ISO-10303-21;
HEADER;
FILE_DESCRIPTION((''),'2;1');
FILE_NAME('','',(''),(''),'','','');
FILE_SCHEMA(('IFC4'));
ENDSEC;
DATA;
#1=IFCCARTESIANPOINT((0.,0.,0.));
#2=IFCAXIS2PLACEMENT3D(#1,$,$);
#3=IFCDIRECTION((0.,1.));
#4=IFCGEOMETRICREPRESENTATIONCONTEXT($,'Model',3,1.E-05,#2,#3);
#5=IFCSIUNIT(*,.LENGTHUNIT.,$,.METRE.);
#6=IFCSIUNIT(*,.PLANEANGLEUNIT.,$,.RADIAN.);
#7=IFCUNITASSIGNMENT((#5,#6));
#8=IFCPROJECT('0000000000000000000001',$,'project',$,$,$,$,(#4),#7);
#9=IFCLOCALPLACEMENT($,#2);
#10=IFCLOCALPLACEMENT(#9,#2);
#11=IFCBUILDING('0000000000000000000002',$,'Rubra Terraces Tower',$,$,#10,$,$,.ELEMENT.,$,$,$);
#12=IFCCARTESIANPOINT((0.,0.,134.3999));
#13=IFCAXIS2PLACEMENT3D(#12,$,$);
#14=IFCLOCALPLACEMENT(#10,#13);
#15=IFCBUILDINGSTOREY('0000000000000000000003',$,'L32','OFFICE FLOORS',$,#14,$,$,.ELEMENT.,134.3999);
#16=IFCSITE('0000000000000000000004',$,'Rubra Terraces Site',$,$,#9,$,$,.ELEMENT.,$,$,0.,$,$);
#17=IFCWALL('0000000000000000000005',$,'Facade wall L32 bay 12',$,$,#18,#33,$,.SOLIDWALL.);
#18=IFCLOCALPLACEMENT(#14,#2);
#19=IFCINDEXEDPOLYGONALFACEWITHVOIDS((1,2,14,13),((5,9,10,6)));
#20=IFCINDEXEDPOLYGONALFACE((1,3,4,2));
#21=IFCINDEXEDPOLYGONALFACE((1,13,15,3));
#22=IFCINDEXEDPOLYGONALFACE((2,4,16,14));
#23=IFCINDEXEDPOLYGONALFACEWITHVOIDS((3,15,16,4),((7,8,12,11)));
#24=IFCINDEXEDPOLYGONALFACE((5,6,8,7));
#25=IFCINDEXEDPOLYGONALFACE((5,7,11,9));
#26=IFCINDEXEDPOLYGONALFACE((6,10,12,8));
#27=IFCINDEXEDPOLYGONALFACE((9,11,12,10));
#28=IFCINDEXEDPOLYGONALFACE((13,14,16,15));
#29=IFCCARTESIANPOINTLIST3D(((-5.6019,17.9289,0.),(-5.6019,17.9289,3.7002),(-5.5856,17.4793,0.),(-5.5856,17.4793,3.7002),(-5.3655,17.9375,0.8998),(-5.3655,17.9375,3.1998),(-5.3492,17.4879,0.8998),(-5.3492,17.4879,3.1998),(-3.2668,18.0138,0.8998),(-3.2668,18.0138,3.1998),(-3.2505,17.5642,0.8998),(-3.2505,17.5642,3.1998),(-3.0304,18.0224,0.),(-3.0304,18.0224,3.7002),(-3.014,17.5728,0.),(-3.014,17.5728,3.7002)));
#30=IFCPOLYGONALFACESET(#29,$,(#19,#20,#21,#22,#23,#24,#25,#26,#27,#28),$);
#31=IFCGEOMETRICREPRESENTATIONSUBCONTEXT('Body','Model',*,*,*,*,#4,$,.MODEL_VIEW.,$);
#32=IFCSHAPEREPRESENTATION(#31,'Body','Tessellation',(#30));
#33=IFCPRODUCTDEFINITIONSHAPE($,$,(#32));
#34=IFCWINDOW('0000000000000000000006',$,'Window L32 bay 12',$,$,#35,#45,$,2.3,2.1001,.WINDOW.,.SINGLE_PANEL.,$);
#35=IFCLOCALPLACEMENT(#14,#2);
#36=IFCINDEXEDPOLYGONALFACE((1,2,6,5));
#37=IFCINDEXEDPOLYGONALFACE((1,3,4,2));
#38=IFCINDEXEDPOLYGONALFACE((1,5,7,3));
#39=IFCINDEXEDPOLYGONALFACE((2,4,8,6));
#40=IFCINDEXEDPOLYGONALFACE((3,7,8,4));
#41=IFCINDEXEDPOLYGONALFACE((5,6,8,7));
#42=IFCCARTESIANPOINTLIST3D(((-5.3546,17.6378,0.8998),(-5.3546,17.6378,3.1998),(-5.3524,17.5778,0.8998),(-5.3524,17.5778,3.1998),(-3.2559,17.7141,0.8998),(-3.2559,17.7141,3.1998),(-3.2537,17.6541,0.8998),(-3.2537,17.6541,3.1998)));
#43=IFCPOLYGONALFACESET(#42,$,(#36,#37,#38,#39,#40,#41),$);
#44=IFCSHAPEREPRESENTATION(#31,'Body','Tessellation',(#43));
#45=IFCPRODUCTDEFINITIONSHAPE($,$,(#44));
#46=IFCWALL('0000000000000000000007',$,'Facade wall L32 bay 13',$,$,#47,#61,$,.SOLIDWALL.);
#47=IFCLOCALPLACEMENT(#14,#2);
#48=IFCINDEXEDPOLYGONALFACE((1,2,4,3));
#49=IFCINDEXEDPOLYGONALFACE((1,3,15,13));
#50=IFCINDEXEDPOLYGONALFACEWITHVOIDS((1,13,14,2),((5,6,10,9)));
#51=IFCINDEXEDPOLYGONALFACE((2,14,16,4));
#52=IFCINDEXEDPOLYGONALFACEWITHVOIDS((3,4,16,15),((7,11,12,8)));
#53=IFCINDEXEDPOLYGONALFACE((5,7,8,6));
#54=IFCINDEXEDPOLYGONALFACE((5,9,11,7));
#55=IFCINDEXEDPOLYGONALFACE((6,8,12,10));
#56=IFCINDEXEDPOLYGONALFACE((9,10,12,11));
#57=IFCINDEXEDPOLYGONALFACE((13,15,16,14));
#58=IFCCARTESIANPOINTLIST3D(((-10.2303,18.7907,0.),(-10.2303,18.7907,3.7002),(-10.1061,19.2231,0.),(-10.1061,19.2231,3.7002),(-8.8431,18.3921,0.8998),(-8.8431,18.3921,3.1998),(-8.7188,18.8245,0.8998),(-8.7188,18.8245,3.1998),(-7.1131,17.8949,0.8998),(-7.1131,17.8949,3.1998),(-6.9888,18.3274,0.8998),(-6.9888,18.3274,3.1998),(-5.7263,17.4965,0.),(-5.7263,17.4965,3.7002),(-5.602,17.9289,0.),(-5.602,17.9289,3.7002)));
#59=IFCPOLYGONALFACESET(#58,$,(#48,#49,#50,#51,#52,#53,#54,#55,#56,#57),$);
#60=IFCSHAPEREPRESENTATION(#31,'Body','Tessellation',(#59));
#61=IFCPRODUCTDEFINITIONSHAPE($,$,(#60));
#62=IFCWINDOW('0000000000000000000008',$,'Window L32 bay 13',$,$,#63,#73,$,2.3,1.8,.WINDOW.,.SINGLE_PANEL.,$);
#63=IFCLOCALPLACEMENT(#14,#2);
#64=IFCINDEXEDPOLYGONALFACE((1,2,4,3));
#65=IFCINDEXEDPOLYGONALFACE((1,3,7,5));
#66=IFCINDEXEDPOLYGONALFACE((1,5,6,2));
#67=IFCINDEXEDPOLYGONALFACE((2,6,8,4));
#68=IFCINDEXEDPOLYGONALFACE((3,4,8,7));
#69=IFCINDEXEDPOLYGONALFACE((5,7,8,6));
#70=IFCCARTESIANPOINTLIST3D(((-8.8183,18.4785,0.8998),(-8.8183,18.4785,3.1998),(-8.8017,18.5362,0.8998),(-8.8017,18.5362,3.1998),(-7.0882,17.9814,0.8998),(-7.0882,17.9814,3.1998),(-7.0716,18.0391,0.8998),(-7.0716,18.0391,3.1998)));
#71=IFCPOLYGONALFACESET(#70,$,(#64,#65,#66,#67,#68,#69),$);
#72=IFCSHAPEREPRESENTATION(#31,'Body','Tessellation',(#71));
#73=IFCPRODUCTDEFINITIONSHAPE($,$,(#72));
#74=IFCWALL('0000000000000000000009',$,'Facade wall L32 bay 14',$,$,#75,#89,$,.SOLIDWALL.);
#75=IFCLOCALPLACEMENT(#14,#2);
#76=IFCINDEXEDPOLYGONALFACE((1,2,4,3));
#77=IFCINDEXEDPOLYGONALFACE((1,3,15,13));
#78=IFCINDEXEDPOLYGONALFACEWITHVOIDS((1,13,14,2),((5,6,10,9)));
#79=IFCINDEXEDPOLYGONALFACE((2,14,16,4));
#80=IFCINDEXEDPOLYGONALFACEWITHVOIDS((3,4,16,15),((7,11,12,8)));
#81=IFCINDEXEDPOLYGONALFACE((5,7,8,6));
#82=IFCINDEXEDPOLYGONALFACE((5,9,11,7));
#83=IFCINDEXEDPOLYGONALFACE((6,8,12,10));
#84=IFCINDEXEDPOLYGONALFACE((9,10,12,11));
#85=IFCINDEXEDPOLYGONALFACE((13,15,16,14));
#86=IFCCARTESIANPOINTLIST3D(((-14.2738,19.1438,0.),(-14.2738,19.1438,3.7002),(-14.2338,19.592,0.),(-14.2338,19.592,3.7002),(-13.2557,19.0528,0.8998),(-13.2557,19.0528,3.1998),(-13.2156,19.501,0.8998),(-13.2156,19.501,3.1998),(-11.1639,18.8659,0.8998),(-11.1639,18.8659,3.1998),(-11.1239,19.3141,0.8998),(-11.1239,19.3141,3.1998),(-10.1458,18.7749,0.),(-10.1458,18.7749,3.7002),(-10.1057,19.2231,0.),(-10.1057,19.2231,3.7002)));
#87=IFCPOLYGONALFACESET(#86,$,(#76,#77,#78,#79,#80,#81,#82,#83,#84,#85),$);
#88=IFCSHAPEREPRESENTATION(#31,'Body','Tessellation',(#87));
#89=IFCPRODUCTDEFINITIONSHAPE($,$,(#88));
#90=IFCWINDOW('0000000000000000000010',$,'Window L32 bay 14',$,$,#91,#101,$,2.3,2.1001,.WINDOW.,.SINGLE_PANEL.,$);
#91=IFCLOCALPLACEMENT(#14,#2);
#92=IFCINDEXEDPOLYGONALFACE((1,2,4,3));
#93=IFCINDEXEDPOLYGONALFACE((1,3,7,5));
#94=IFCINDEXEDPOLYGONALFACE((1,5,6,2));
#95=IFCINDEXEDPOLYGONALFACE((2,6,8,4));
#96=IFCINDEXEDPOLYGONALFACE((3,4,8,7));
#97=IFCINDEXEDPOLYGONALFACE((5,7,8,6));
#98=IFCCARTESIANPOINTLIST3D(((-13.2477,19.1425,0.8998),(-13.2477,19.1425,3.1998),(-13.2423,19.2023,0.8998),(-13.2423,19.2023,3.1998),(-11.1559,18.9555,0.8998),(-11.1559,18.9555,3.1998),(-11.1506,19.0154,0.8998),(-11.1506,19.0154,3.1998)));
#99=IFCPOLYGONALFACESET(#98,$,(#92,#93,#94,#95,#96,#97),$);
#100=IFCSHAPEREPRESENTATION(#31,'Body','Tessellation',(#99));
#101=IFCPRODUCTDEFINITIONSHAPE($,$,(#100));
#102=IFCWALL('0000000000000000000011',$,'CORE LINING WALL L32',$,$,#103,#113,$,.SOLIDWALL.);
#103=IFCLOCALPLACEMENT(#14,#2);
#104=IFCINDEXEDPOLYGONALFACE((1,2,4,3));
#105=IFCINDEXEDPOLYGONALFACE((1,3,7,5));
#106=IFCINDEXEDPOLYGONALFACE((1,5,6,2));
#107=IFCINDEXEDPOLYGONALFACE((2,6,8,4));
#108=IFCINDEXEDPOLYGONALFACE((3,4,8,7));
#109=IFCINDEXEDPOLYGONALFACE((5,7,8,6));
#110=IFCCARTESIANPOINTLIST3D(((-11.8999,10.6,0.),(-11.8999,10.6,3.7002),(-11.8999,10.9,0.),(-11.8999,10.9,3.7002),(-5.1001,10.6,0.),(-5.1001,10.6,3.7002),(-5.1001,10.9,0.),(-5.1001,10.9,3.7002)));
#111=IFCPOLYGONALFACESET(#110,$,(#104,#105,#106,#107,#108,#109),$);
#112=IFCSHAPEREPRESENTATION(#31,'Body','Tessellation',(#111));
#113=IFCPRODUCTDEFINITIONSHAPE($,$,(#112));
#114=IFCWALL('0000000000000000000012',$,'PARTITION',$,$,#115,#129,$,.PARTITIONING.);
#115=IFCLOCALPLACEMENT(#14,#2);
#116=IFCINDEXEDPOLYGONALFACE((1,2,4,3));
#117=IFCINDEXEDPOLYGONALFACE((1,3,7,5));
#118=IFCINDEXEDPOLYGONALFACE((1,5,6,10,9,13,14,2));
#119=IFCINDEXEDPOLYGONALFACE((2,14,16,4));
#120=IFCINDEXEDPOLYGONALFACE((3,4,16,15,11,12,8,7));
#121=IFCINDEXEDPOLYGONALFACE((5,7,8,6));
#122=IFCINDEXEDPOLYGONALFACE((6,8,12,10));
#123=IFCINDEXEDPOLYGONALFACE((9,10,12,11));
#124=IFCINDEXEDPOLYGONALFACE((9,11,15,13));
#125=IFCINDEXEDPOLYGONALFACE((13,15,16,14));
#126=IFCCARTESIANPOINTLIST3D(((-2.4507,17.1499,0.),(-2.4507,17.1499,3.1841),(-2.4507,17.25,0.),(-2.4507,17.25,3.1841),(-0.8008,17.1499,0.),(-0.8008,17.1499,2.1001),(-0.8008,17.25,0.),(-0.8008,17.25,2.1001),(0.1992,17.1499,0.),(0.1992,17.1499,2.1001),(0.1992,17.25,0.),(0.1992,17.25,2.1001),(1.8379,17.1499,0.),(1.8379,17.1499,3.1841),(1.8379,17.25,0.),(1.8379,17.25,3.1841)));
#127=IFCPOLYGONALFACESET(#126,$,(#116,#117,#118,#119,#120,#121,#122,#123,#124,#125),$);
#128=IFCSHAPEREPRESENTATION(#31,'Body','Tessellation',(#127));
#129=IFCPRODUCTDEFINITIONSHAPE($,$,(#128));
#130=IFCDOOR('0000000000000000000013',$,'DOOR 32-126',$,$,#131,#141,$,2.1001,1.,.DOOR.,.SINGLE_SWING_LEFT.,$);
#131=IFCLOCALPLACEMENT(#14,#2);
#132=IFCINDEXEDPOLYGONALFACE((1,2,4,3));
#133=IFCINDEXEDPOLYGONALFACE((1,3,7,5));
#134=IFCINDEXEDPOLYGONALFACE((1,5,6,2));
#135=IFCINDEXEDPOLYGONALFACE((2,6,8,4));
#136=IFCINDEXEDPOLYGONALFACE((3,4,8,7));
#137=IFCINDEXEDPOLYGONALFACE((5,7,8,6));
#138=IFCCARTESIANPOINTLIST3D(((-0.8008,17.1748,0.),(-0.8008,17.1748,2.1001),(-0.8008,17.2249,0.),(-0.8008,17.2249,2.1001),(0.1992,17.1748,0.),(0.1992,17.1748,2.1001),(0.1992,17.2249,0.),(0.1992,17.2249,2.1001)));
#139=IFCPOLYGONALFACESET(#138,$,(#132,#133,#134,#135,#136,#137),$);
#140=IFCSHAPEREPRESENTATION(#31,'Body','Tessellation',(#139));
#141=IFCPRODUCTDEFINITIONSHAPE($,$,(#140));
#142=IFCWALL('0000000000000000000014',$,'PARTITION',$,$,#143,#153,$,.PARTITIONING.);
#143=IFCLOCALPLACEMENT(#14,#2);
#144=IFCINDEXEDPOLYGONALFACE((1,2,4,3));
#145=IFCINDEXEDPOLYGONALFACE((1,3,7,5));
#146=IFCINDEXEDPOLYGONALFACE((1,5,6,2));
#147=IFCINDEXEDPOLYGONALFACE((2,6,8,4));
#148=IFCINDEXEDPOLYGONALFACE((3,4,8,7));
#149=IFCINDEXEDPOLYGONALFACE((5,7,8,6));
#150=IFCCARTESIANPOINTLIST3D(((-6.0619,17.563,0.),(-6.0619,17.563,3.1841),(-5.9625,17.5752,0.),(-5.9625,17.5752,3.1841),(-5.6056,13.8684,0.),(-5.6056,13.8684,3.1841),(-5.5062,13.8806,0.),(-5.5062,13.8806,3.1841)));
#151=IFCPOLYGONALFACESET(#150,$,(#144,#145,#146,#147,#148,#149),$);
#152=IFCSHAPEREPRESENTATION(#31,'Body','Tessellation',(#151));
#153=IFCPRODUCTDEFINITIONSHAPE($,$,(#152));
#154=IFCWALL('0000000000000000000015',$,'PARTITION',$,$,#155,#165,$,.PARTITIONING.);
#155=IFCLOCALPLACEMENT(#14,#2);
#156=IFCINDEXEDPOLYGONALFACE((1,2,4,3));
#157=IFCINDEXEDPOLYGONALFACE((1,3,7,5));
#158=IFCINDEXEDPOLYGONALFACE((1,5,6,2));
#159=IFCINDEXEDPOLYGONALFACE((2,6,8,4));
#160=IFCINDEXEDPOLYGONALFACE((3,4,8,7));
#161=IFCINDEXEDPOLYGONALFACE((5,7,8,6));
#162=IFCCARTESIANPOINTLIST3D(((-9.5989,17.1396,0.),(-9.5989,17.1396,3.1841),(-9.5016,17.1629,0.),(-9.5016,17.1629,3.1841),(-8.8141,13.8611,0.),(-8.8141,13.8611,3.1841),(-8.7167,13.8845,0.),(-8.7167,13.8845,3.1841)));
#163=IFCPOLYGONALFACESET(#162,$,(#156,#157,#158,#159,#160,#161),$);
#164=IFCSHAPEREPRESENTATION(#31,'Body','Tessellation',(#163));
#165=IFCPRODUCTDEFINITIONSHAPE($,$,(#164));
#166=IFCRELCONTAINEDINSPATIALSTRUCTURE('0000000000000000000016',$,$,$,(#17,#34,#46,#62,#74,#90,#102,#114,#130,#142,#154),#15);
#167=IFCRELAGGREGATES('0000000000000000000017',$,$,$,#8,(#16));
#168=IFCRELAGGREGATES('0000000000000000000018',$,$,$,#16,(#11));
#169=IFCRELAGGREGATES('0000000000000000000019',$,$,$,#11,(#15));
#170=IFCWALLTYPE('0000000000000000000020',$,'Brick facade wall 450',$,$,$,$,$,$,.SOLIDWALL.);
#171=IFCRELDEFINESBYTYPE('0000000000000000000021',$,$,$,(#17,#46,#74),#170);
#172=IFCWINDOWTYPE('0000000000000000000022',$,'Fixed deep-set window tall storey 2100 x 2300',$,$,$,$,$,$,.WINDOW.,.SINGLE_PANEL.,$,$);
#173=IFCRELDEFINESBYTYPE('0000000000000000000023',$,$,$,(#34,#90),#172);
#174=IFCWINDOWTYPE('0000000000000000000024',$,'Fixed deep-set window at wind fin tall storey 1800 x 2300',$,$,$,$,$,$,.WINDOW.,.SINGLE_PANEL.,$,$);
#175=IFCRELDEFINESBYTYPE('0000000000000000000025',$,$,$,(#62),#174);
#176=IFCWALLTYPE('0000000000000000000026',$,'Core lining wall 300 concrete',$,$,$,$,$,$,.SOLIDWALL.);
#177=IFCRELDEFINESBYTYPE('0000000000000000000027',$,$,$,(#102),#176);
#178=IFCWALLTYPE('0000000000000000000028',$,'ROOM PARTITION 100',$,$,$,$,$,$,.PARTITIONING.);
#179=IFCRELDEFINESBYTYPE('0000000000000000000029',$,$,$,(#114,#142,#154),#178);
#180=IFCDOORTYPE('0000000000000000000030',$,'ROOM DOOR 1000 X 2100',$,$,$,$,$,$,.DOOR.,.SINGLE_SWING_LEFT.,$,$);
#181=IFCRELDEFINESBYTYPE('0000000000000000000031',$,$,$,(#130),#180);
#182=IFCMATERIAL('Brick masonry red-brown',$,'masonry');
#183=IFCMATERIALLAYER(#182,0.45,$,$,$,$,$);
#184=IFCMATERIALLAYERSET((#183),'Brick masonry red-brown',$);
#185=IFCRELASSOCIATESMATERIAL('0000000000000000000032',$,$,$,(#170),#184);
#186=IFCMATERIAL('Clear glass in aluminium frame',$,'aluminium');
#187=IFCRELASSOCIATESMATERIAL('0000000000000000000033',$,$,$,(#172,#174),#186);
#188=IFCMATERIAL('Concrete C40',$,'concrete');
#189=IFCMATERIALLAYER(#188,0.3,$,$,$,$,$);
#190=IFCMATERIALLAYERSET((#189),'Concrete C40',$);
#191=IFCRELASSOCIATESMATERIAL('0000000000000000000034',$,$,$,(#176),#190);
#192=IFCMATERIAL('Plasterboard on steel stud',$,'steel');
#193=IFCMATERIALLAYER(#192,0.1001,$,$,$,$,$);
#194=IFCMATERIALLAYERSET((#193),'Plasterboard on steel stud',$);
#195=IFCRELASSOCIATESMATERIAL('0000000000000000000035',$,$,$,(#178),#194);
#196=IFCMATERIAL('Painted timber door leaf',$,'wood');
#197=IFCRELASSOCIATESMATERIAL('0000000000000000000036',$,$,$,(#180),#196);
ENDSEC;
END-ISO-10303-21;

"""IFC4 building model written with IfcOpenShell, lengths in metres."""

from ifc_helpers import new_model, si_unit, direction, frame, frame_2d, origin, place, context, subcontext, project, spatial, rectangle, extrude, material, layer, layer_set, type_object, element, fill, save


model = new_model("IFC4")

# Units and contexts
model_context = context("Model", 3, precision=1e-05, world=origin(), true_north=direction((0.0, 1.0)))
body_context = subcontext(model_context, "Body", "Model", "MODEL_VIEW")
ifc_project = project(units=[si_unit("LENGTHUNIT", "METRE"), si_unit("PLANEANGLEUNIT", "RADIAN")], contexts=[model_context])

# Site, building, storey
site_placement = place(None, origin())
site = spatial("IfcSite", under=ifc_project, at=site_placement, Name="Rubra Terraces Site", CompositionType="ELEMENT", RefElevation=0.0)
building_placement = place(site_placement, origin())
building = spatial("IfcBuilding", under=site, at=building_placement, Name="Rubra Terraces Tower", CompositionType="ELEMENT")
storey_placement = place(building_placement, frame((0.0, 0.0, 134.3999)))
storey = spatial("IfcBuildingStorey", under=building, at=storey_placement, Name="L32", Description="OFFICE FLOORS", CompositionType="ELEMENT", Elevation=134.3999)

# Walls, openings, windows
ifc_material_1 = material(Name="Brick masonry red-brown", Category="masonry")
ifc_layer_1 = layer(ifc_material_1, 0.45)
ifc_layer_set_1 = layer_set([ifc_layer_1], Name="Brick masonry red-brown")
wall_type_1 = type_object("IfcWallType", Name="Brick facade wall 450", PredefinedType="SOLIDWALL", material=ifc_layer_set_1)
wall_1_placement = place(storey_placement, frame((-3.0222, 17.7976, 0.0), z_axis=(0.0, 0.0, 1.0), x_axis=(-0.99934, -0.036338, 0.0)))
wall_1 = element("IfcWall", 1, at=wall_1_placement, inside=storey, type_object=wall_type_1, Name="Facade wall L32 bay 12", PredefinedType="SOLIDWALL", context=body_context, shape_type="SweptSolid", body=[
    extrude(rectangle(XDim=2.5732, YDim=0.45, at=frame_2d((1.2866, 0.0))), origin(), (0.0, 0.0, 1.0), 3.7002),
])
opening_1_placement = place(wall_1_placement, frame((0.2366, 0.0, 0.8999)))
opening_1 = element("IfcOpeningElement", 2, at=opening_1_placement, cuts=wall_1, PredefinedType="OPENING", context=body_context, shape_type="SweptSolid", body=[
    extrude(rectangle(XDim=2.1001, YDim=2.3, at=frame_2d((1.05, 1.1499))), frame((0.0, 0.2349, 0.0), z_axis=(0.0, -1.0, 0.0), x_axis=(1.0, 0.0, 0.0)), (0.0, 0.0, 1.0), 0.47),
])
ifc_material_2 = material(Name="Clear glass in aluminium frame", Category="aluminium")
window_type_1 = type_object("IfcWindowType", Name="Fixed deep-set window tall storey 2100 x 2300", PartitioningType="SINGLE_PANEL", PredefinedType="WINDOW", material=ifc_material_2)
window_1_placement = place(opening_1_placement, origin())
window_1 = element("IfcWindow", 3, at=window_1_placement, inside=storey, type_object=window_type_1, Name="Window L32 bay 12", OverallHeight=2.3, OverallWidth=2.1001, PartitioningType="SINGLE_PANEL", PredefinedType="WINDOW", context=body_context, shape_type="SweptSolid", body=[
    extrude(rectangle(XDim=2.1001, YDim=2.3, at=frame_2d((1.05, 1.1499))), frame((0.0, 0.135, 0.0), z_axis=(0.0, -1.0, 0.0), x_axis=(1.0, 0.0, 0.0)), (0.0, 0.0, 1.0), 0.0601),
])
fill(opening_1, window_1)
wall_2_placement = place(storey_placement, frame((-5.6641, 17.7126, 0.0), z_axis=(0.0, 0.0, 1.0), x_axis=(-0.961108, 0.276173, 0.0)))
wall_2 = element("IfcWall", 4, at=wall_2_placement, inside=storey, type_object=wall_type_1, Name="Facade wall L32 bay 13", PredefinedType="SOLIDWALL", context=body_context, shape_type="SweptSolid", body=[
    extrude(rectangle(XDim=4.6863, YDim=0.45, at=frame_2d((2.3433, 0.0))), origin(), (0.0, 0.0, 1.0), 3.7002),
])
opening_2_placement = place(wall_2_placement, frame((1.4431, 0.0, 0.8999)))
opening_2 = element("IfcOpeningElement", 5, at=opening_2_placement, cuts=wall_2, PredefinedType="OPENING", context=body_context, shape_type="SweptSolid", body=[
    extrude(rectangle(XDim=1.8, YDim=2.3, at=frame_2d((0.8999, 1.1499))), frame((0.0, 0.2349, 0.0), z_axis=(0.0, -1.0, 0.0), x_axis=(1.0, 0.0, 0.0)), (0.0, 0.0, 1.0), 0.47),
])
window_type_2 = type_object("IfcWindowType", Name="Fixed deep-set window at wind fin tall storey 1800 x 2300", PartitioningType="SINGLE_PANEL", PredefinedType="WINDOW", material=ifc_material_2)
window_2_placement = place(opening_2_placement, origin())
window_2 = element("IfcWindow", 6, at=window_2_placement, inside=storey, type_object=window_type_2, Name="Window L32 bay 13", OverallHeight=2.3, OverallWidth=1.8, PartitioningType="SINGLE_PANEL", PredefinedType="WINDOW", context=body_context, shape_type="SweptSolid", body=[
    extrude(rectangle(XDim=1.8, YDim=2.3, at=frame_2d((0.8999, 1.1499))), frame((0.0, 0.135, 0.0), z_axis=(0.0, -1.0, 0.0), x_axis=(1.0, 0.0, 0.0)), (0.0, 0.0, 1.0), 0.0601),
])
fill(opening_2, window_2)
wall_3_placement = place(storey_placement, frame((-10.1257, 18.999, 0.0), z_axis=(0.0, 0.0, 1.0), x_axis=(-0.996031, 0.089006, 0.0)))
wall_3 = element("IfcWall", 7, at=wall_3_placement, inside=storey, type_object=wall_type_1, Name="Facade wall L32 bay 14", PredefinedType="SOLIDWALL", context=body_context, shape_type="SweptSolid", body=[
    extrude(rectangle(XDim=4.1445, YDim=0.45, at=frame_2d((2.0723, 0.0))), origin(), (0.0, 0.0, 1.0), 3.7002),
])
opening_3_placement = place(wall_3_placement, frame((1.0222, 0.0, 0.8999)))
opening_3 = element("IfcOpeningElement", 8, at=opening_3_placement, cuts=wall_3, PredefinedType="OPENING", context=body_context, shape_type="SweptSolid", body=[
    extrude(rectangle(XDim=2.1001, YDim=2.3, at=frame_2d((1.05, 1.1499))), frame((0.0, 0.2349, 0.0), z_axis=(0.0, -1.0, 0.0), x_axis=(1.0, 0.0, 0.0)), (0.0, 0.0, 1.0), 0.47),
])
window_3_placement = place(opening_3_placement, origin())
window_3 = element("IfcWindow", 9, at=window_3_placement, inside=storey, type_object=window_type_1, Name="Window L32 bay 14", OverallHeight=2.3, OverallWidth=2.1001, PartitioningType="SINGLE_PANEL", PredefinedType="WINDOW", context=body_context, shape_type="SweptSolid", body=[
    extrude(rectangle(XDim=2.1001, YDim=2.3, at=frame_2d((1.05, 1.1499))), frame((0.0, 0.135, 0.0), z_axis=(0.0, -1.0, 0.0), x_axis=(1.0, 0.0, 0.0)), (0.0, 0.0, 1.0), 0.0601),
])
fill(opening_3, window_3)

# Wall
ifc_material_3 = material(Name="Concrete C40", Category="concrete")
ifc_layer_2 = layer(ifc_material_3, 0.3)
ifc_layer_set_2 = layer_set([ifc_layer_2], Name="Concrete C40")
wall_type_2 = type_object("IfcWallType", Name="Core lining wall 300 concrete", PredefinedType="SOLIDWALL", material=ifc_layer_set_2)
wall_4_placement = place(storey_placement, frame((-11.8999, 10.75, 0.0), z_axis=(0.0, 0.0, 1.0), x_axis=(1.0, 0.0, 0.0)))
element("IfcWall", 10, at=wall_4_placement, inside=storey, type_object=wall_type_2, Name="CORE LINING WALL L32", PredefinedType="SOLIDWALL", context=body_context, shape_type="SweptSolid", body=[
    extrude(rectangle(XDim=6.7998, YDim=0.3, at=frame_2d((3.3999, 0.0))), origin(), (0.0, 0.0, 1.0), 3.7002),
])

# Wall, opening, door
ifc_material_4 = material(Name="Plasterboard on steel stud", Category="steel")
ifc_layer_3 = layer(ifc_material_4, 0.1001)
ifc_layer_set_3 = layer_set([ifc_layer_3], Name="Plasterboard on steel stud")
wall_type_3 = type_object("IfcWallType", Name="ROOM PARTITION 100", PredefinedType="PARTITIONING", material=ifc_layer_set_3)
wall_5_placement = place(storey_placement, frame((-2.4507, 17.2, 0.0), z_axis=(0.0, 0.0, 1.0), x_axis=(1.0, 0.0, 0.0)))
wall_5 = element("IfcWall", 11, at=wall_5_placement, inside=storey, type_object=wall_type_3, Name="PARTITION", PredefinedType="PARTITIONING", context=body_context, shape_type="SweptSolid", body=[
    extrude(rectangle(XDim=4.2886, YDim=0.1001, at=frame_2d((2.1443, 0.0))), origin(), (0.0, 0.0, 1.0), 3.1841),
])
opening_4_placement = place(wall_5_placement, frame((1.6499, 0.0, 0.0)))
opening_4 = element("IfcOpeningElement", 12, at=opening_4_placement, cuts=wall_5, PredefinedType="OPENING", context=body_context, shape_type="SweptSolid", body=[
    extrude(rectangle(XDim=1.0, YDim=2.1001, at=frame_2d((0.5, 1.05))), frame((0.0, 0.0601, 0.0), z_axis=(0.0, -1.0, 0.0), x_axis=(1.0, 0.0, 0.0)), (0.0, 0.0, 1.0), 0.1201),
])
ifc_material_5 = material(Name="Painted timber door leaf", Category="wood")
door_type = type_object("IfcDoorType", Name="ROOM DOOR 1000 X 2100", OperationType="SINGLE_SWING_LEFT", PredefinedType="DOOR", material=ifc_material_5)
door_placement = place(opening_4_placement, origin())
door = element("IfcDoor", 13, at=door_placement, inside=storey, type_object=door_type, Name="DOOR 32-126", OperationType="SINGLE_SWING_LEFT", OverallHeight=2.1001, OverallWidth=1.0, PredefinedType="DOOR", context=body_context, shape_type="SweptSolid", body=[
    extrude(rectangle(XDim=1.0, YDim=2.1001, at=frame_2d((0.5, 1.05))), frame((0.0, 0.0249, 0.0), z_axis=(0.0, -1.0, 0.0), x_axis=(1.0, 0.0, 0.0)), (0.0, 0.0, 1.0), 0.05),
])
fill(opening_4, door)

# Walls
wall_6_placement = place(storey_placement, frame((-5.5559, 13.8745, 0.0), z_axis=(0.0, 0.0, 1.0), x_axis=(-0.122574, 0.992459, 0.0)))
element("IfcWall", 14, at=wall_6_placement, inside=storey, type_object=wall_type_3, Name="PARTITION", PredefinedType="PARTITIONING", context=body_context, shape_type="SweptSolid", body=[
    extrude(rectangle(XDim=3.7227, YDim=0.1001, at=frame_2d((1.8613, 0.0))), origin(), (0.0, 0.0, 1.0), 3.1841),
])
wall_7_placement = place(storey_placement, frame((-8.7654, 13.8728, 0.0), z_axis=(0.0, 0.0, 1.0), x_axis=(-0.232828, 0.972518, 0.0)))
element("IfcWall", 15, at=wall_7_placement, inside=storey, type_object=wall_type_3, Name="PARTITION", PredefinedType="PARTITIONING", context=body_context, shape_type="SweptSolid", body=[
    extrude(rectangle(XDim=3.3711, YDim=0.1001, at=frame_2d((1.6855, 0.0))), origin(), (0.0, 0.0, 1.0), 3.1841),
])

save(model, "model.ifc")
